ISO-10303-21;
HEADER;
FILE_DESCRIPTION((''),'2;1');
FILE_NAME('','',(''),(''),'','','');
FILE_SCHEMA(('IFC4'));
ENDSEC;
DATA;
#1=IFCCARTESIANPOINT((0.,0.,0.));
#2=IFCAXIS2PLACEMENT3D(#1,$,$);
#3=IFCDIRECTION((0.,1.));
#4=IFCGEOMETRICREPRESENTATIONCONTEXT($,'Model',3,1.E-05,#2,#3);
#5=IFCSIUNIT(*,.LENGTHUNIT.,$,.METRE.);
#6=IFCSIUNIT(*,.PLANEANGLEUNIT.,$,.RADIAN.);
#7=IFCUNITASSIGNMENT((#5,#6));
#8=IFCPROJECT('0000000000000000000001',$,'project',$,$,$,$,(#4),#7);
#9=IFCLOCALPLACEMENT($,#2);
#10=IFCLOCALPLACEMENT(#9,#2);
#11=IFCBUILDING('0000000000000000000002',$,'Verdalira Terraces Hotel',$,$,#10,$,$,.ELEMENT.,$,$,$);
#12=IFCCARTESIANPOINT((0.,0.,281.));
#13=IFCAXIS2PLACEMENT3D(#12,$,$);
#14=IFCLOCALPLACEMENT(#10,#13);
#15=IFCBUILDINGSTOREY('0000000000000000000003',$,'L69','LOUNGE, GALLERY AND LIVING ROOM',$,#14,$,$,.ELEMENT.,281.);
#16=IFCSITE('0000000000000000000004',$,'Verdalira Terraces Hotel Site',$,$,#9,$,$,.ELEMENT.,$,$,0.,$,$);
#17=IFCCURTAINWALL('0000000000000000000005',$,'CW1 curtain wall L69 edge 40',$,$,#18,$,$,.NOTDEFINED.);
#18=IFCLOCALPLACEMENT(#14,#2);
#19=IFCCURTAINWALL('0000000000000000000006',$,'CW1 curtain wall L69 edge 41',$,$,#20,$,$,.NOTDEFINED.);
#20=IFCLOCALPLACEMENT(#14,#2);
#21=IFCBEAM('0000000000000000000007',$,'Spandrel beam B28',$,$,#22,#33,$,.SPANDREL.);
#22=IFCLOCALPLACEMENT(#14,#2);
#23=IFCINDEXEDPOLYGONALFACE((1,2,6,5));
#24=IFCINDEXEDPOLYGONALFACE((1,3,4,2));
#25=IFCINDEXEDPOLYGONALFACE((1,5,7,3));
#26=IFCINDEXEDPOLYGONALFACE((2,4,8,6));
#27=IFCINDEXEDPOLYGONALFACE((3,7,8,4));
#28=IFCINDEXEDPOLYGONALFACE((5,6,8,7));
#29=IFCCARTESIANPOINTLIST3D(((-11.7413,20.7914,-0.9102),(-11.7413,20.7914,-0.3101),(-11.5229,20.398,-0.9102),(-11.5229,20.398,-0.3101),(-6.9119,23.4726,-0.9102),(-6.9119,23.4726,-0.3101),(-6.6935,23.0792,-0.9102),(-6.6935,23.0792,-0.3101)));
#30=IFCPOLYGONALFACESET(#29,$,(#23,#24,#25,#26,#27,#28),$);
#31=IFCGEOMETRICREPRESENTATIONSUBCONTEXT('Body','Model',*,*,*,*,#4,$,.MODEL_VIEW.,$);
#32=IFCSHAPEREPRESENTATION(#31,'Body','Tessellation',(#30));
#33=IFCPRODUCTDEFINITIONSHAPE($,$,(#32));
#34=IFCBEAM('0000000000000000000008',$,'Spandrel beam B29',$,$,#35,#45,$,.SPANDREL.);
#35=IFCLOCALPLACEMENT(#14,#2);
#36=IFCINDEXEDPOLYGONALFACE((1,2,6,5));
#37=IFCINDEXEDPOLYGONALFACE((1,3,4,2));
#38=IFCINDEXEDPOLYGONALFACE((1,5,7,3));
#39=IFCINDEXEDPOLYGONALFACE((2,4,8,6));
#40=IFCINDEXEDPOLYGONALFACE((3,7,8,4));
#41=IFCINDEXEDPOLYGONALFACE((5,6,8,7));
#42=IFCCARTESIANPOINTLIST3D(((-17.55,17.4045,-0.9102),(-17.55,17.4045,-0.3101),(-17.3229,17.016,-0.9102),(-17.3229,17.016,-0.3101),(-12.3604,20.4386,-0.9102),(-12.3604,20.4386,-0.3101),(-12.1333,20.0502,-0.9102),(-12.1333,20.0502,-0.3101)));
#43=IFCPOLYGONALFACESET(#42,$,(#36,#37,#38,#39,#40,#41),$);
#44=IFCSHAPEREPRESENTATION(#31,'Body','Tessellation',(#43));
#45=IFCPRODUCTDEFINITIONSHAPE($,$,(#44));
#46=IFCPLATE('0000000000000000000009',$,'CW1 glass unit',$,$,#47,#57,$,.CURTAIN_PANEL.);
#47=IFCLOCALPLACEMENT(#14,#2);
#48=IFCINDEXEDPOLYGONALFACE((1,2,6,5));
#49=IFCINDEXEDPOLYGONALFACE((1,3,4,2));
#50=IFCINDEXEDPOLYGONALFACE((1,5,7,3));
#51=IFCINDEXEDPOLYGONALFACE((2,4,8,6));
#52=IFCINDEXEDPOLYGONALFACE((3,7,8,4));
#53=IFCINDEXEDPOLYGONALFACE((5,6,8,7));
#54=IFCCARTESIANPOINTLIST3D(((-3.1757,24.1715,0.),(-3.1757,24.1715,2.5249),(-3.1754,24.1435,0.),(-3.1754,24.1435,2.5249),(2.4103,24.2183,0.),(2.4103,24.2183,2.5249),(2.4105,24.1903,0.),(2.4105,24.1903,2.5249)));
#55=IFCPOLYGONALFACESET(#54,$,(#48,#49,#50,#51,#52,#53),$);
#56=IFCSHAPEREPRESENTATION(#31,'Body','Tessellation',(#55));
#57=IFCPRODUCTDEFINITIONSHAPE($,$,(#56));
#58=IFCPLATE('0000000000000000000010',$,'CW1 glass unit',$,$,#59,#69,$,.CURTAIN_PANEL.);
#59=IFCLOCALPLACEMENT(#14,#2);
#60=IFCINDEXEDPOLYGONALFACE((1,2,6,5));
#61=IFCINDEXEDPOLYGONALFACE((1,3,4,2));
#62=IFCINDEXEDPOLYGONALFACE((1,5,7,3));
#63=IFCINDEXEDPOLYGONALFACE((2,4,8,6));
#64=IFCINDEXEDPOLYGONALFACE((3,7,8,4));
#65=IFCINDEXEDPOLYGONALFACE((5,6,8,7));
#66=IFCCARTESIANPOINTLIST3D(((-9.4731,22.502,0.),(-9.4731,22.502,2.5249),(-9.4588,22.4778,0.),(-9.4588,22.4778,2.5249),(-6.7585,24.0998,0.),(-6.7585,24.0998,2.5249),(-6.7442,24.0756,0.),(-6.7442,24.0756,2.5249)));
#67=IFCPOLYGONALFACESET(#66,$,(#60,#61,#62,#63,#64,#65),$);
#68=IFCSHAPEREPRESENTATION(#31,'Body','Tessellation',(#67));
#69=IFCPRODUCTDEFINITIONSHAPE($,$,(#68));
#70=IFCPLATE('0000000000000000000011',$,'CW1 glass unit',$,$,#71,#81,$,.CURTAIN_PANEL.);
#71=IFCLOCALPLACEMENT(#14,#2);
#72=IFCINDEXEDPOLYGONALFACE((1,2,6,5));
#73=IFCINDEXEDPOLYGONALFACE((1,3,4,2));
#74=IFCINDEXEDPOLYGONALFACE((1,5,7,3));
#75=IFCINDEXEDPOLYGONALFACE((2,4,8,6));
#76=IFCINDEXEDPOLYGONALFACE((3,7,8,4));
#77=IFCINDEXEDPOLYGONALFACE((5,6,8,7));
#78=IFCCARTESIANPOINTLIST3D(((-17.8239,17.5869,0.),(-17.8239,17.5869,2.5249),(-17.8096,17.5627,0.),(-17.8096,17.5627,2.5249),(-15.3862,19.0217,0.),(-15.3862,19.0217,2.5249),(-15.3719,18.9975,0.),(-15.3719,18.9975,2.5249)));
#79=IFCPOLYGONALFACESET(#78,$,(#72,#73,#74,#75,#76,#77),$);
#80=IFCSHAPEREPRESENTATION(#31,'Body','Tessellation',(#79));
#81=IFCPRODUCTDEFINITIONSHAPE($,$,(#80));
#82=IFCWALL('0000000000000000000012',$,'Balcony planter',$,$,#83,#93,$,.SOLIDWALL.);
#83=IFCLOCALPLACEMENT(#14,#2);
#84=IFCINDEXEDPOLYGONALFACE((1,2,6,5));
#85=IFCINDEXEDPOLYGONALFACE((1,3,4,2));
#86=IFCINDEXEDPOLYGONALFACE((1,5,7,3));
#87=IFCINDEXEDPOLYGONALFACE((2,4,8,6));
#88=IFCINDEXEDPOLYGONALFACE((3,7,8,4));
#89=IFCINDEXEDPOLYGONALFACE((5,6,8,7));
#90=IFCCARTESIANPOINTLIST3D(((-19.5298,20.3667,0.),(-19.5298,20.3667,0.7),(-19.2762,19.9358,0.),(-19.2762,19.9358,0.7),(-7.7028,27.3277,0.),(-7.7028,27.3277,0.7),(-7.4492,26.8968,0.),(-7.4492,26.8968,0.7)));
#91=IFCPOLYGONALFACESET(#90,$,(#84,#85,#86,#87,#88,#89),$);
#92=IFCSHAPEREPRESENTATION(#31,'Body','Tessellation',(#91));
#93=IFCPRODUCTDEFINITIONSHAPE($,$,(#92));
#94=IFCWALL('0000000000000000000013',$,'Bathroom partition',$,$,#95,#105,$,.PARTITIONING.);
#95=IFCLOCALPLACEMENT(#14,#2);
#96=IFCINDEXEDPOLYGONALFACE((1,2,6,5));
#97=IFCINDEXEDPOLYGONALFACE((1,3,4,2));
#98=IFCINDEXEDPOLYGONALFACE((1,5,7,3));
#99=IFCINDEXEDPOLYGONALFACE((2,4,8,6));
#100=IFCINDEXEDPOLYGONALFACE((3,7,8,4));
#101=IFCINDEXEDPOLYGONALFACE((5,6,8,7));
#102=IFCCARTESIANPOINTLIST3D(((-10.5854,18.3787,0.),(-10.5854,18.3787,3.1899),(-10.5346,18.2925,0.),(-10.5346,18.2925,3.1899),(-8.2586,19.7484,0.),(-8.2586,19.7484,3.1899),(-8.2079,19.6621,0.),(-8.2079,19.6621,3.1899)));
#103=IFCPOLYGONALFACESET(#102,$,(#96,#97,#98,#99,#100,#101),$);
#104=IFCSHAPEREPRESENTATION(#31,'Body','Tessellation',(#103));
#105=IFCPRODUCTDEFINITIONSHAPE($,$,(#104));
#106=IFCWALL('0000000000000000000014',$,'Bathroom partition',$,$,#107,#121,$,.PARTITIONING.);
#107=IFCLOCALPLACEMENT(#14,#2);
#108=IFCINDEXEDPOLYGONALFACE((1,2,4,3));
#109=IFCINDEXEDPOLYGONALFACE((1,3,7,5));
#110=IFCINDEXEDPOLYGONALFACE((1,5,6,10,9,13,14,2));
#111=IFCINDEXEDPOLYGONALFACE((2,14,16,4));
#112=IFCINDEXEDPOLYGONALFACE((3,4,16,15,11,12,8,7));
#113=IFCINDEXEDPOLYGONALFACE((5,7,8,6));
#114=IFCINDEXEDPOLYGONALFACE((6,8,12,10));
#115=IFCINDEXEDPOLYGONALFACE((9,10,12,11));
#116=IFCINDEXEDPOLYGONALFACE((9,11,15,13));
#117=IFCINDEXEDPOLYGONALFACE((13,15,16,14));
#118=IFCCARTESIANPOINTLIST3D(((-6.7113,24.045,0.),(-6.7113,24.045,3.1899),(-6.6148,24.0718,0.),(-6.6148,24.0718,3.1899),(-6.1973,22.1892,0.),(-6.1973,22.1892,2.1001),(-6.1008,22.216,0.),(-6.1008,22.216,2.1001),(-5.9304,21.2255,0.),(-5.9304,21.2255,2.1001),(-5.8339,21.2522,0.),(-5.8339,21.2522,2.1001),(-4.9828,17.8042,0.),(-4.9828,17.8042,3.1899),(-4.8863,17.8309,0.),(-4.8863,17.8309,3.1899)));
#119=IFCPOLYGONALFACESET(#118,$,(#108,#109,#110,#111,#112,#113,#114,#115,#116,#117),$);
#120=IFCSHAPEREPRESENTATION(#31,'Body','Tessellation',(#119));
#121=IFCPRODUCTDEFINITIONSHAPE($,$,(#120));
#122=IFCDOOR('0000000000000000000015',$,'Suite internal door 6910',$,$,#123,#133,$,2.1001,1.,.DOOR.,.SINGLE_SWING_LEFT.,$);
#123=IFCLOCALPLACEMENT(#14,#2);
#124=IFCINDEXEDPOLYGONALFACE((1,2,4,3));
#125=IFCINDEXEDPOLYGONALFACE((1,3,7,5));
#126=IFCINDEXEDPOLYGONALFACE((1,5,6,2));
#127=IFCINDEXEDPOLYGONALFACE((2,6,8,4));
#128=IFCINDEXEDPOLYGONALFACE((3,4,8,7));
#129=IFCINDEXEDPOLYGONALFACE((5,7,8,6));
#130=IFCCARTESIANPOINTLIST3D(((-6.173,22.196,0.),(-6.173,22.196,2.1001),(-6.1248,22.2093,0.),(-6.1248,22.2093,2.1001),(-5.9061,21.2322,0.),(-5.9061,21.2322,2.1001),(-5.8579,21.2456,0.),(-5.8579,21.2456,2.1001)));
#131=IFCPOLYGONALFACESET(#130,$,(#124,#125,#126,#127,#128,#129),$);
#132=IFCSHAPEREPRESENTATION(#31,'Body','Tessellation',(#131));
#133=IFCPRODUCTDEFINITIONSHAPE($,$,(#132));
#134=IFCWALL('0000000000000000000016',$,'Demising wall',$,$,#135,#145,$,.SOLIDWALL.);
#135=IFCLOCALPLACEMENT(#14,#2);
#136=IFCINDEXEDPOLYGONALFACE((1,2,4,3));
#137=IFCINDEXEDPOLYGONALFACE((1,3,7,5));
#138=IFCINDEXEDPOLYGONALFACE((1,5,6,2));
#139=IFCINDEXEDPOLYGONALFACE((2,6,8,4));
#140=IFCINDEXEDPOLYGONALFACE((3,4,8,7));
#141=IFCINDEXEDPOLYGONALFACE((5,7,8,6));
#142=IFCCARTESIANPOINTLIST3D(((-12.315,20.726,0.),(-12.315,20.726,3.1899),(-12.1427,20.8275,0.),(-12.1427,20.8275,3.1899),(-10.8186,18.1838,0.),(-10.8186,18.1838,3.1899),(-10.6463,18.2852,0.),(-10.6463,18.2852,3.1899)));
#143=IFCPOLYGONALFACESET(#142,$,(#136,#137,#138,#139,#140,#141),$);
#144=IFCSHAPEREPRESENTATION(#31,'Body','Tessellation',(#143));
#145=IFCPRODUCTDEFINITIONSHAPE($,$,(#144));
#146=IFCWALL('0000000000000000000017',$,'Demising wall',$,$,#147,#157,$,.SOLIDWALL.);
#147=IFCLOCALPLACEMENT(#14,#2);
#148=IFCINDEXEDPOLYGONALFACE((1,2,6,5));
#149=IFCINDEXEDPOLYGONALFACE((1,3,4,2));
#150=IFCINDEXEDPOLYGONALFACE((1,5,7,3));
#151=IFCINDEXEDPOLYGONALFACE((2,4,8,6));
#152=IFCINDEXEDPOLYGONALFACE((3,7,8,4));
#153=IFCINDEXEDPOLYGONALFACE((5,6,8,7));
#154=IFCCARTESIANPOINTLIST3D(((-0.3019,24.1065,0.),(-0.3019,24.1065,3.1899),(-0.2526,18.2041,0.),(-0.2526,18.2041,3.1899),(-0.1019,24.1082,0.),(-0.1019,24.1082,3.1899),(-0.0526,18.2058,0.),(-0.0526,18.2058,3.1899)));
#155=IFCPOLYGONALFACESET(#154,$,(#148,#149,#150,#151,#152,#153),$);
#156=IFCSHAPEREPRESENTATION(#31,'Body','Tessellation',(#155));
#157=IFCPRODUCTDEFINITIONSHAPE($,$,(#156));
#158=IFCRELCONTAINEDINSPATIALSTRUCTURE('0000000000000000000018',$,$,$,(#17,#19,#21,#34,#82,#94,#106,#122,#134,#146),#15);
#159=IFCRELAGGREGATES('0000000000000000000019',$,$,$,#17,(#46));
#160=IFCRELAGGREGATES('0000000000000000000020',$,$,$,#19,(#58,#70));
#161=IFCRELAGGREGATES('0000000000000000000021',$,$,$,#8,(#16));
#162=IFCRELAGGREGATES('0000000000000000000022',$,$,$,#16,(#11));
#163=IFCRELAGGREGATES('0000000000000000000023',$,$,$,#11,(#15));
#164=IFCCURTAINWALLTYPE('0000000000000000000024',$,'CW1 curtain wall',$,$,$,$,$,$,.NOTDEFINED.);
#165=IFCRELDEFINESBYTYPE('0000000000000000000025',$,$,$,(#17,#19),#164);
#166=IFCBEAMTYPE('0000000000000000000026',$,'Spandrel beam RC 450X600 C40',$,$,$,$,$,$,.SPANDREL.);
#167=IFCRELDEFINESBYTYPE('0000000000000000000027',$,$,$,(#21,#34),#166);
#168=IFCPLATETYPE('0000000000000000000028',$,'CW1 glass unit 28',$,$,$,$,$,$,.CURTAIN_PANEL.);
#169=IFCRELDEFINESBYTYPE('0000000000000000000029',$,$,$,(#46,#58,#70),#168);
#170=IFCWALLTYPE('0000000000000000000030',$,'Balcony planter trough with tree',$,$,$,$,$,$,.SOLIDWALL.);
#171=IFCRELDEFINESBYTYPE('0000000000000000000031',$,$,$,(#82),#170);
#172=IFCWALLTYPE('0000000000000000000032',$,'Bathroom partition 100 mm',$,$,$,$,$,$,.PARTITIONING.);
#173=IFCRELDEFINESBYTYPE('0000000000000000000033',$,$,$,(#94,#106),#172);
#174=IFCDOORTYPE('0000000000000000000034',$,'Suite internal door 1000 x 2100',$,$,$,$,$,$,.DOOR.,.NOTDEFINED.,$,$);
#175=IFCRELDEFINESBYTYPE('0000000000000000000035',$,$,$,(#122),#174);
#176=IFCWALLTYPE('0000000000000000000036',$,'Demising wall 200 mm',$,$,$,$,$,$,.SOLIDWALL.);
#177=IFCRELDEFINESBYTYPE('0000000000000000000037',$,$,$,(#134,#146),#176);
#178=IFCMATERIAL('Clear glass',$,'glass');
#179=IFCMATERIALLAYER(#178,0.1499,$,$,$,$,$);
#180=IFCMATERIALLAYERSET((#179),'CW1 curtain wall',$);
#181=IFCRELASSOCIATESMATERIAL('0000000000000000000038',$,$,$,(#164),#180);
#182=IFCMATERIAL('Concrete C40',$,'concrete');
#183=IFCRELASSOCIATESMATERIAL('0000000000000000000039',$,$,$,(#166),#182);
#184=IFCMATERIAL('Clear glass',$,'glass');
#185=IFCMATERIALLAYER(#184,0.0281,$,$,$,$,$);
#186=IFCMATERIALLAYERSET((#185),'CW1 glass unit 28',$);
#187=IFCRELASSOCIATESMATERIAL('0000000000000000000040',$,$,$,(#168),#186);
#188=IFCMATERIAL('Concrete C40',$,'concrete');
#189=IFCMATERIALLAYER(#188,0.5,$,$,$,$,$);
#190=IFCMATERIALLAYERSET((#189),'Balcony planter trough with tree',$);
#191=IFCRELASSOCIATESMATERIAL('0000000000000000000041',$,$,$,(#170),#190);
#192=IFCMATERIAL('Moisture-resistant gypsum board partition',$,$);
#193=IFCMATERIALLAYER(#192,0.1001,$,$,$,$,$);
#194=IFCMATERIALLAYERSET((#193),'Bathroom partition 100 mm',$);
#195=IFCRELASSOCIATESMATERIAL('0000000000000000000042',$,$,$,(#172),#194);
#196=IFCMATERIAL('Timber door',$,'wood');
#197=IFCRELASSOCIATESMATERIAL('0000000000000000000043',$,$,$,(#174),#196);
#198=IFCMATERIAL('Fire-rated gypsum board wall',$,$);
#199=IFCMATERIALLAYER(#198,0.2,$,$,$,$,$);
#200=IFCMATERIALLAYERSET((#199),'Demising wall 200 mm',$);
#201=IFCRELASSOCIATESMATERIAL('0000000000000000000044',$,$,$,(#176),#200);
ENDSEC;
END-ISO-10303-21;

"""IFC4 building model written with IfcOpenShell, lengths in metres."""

from ifc_helpers import new_model, si_unit, direction, frame, frame_2d, origin, origin_2d, place, context, subcontext, project, spatial, rectangle, extrude, material, layer, layer_set, material_profile, profile_set, type_object, element, fill, aggregate, save


model = new_model("IFC4")

# Units and contexts
model_context = context("Model", 3, precision=1e-05, world=origin(), true_north=direction((0.0, 1.0)))
body_context = subcontext(model_context, "Body", "Model", "MODEL_VIEW")
ifc_project = project(units=[si_unit("LENGTHUNIT", "METRE"), si_unit("PLANEANGLEUNIT", "RADIAN")], contexts=[model_context])

# Site, building, storey
site_placement = place(None, origin())
site = spatial("IfcSite", under=ifc_project, at=site_placement, Name="Verdalira Terraces Hotel Site", CompositionType="ELEMENT", RefElevation=0.0)
building_placement = place(site_placement, origin())
building = spatial("IfcBuilding", under=site, at=building_placement, Name="Verdalira Terraces Hotel", CompositionType="ELEMENT")
storey_placement = place(building_placement, frame((0.0, 0.0, 281.0)))
storey = spatial("IfcBuildingStorey", under=building, at=storey_placement, Name="L69", Description="LOUNGE, GALLERY AND LIVING ROOM", CompositionType="ELEMENT", Elevation=281.0)

# Curtain wall
ifc_material_1 = material(Name="Clear glass", Category="glass")
ifc_layer_1 = layer(ifc_material_1, 0.1499)
ifc_layer_set_1 = layer_set([ifc_layer_1], Name="CW1 curtain wall")
curtain_wall_type = type_object("IfcCurtainWallType", Name="CW1 curtain wall", PredefinedType="NOTDEFINED", material=ifc_layer_set_1)
curtain_wall_1_placement = place(storey_placement, origin())
curtain_wall_1 = element("IfcCurtainWall", 1, at=curtain_wall_1_placement, inside=storey, type_object=curtain_wall_type, Name="CW1 curtain wall L69 edge 40", PredefinedType="NOTDEFINED")

# Curtain wall
curtain_wall_2_placement = place(storey_placement, origin())
curtain_wall_2 = element("IfcCurtainWall", 2, at=curtain_wall_2_placement, inside=storey, type_object=curtain_wall_type, Name="CW1 curtain wall L69 edge 41", PredefinedType="NOTDEFINED")

# Beams
ifc_material_2 = material(Name="Concrete C40", Category="concrete")
ifc_material_profile_1 = material_profile(ifc_material_2, rectangle(XDim=0.45, YDim=0.6001, at=origin_2d()), Name="RC 450X600")
ifc_profile_set_1 = profile_set([ifc_material_profile_1], Name="Concrete C40")
beam_type_1 = type_object("IfcBeamType", Name="Spandrel beam RC 450X600 C40", PredefinedType="SPANDREL", material=ifc_profile_set_1)
beam_1_placement = place(storey_placement, frame((-6.8027, 23.2759, -0.6101), z_axis=(-0.874297, -0.485391, 0.0), x_axis=(0.485391, -0.874297, 0.0)))
element("IfcBeam", 3, at=beam_1_placement, inside=storey, type_object=beam_type_1, Name="Spandrel beam B28", PredefinedType="SPANDREL", context=body_context, shape_type="SweptSolid", body=[
    extrude(rectangle(XDim=0.45, YDim=0.6001, at=origin_2d()), origin(), (0.0, 0.0, 1.0), 5.5237),
])
beam_2_placement = place(storey_placement, frame((-12.2468, 20.2444, -0.6101), z_axis=(-0.863282, -0.504722, 0.0), x_axis=(0.504722, -0.863282, 0.0)))
element("IfcBeam", 4, at=beam_2_placement, inside=storey, type_object=beam_type_1, Name="Spandrel beam B29", PredefinedType="SPANDREL", context=body_context, shape_type="SweptSolid", body=[
    extrude(rectangle(XDim=0.45, YDim=0.6001, at=origin_2d()), origin(), (0.0, 0.0, 1.0), 6.0115),
])

# Plates
ifc_material_3 = material(Name="Clear glass", Category="glass")
ifc_layer_2 = layer(ifc_material_3, 0.0281)
ifc_layer_set_2 = layer_set([ifc_layer_2], Name="CW1 glass unit 28")
plate_type = type_object("IfcPlateType", Name="CW1 glass unit 28", PredefinedType="CURTAIN_PANEL", material=ifc_layer_set_2)
plate_1_placement = place(storey_placement, frame((-0.3826, 24.1809, 0.0), z_axis=(0.0, 0.0, 1.0), x_axis=(-0.999965, -0.008377, 0.0)))
plate_1 = element("IfcPlate", 5, at=plate_1_placement, type_object=plate_type, Name="CW1 glass unit", PredefinedType="CURTAIN_PANEL", context=body_context, shape_type="SweptSolid", body=[
    extrude(rectangle(XDim=5.5862, YDim=0.0281, at=origin_2d()), origin(), (0.0, 0.0, 1.0), 2.5249),
])
aggregate(curtain_wall_1, [plate_1])
plate_2_placement = place(storey_placement, frame((-8.1086, 23.2888, 0.0), z_axis=(0.0, 0.0, 1.0), x_axis=(-0.861806, -0.507238, 0.0)))
plate_2 = element("IfcPlate", 6, at=plate_2_placement, type_object=plate_type, Name="CW1 glass unit", PredefinedType="CURTAIN_PANEL", context=body_context, shape_type="SweptSolid", body=[
    extrude(rectangle(XDim=3.1499, YDim=0.0281, at=origin_2d()), origin(), (0.0, 0.0, 1.0), 2.5249),
])
plate_3_placement = place(storey_placement, frame((-16.5979, 18.2922, 0.0), z_axis=(0.0, 0.0, 1.0), x_axis=(-0.861806, -0.507238, 0.0)))
plate_3 = element("IfcPlate", 7, at=plate_3_placement, type_object=plate_type, Name="CW1 glass unit", PredefinedType="CURTAIN_PANEL", context=body_context, shape_type="SweptSolid", body=[
    extrude(rectangle(XDim=2.8286, YDim=0.0281, at=origin_2d()), origin(), (0.0, 0.0, 1.0), 2.5249),
])
aggregate(curtain_wall_2, [plate_2, plate_3])

# Walls
ifc_material_4 = material(Name="Concrete C40", Category="concrete")
ifc_layer_3 = layer(ifc_material_4, 0.5)
ifc_layer_set_3 = layer_set([ifc_layer_3], Name="Balcony planter trough with tree")
wall_type_1 = type_object("IfcWallType", Name="Balcony planter trough with tree", PredefinedType="SOLIDWALL", material=ifc_layer_set_3)
wall_1_placement = place(storey_placement, frame((-7.5759, 27.1123, 0.0), z_axis=(0.0, 0.0, 1.0), x_axis=(-0.861809, -0.507233, 0.0)))
element("IfcWall", 8, at=wall_1_placement, inside=storey, type_object=wall_type_1, Name="Balcony planter", PredefinedType="SOLIDWALL", context=body_context, shape_type="SweptSolid", body=[
    extrude(rectangle(XDim=13.7234, YDim=0.5, at=frame_2d((6.8618, 0.0))), origin(), (0.0, 0.0, 1.0), 0.7),
])
ifc_material_5 = material(Name="Moisture-resistant gypsum board partition")
ifc_layer_4 = layer(ifc_material_5, 0.1001)
ifc_layer_set_4 = layer_set([ifc_layer_4], Name="Bathroom partition 100 mm")
wall_type_2 = type_object("IfcWallType", Name="Bathroom partition 100 mm", PredefinedType="PARTITIONING", material=ifc_layer_set_4)
wall_2_placement = place(storey_placement, frame((-8.2332, 19.7053, 0.0), z_axis=(0.0, 0.0, 1.0), x_axis=(-0.861771, -0.507297, 0.0)))
element("IfcWall", 9, at=wall_2_placement, inside=storey, type_object=wall_type_2, Name="Bathroom partition", PredefinedType="PARTITIONING", context=body_context, shape_type="SweptSolid", body=[
    extrude(rectangle(XDim=2.7, YDim=0.1001, at=frame_2d((1.3501, 0.0))), origin(), (0.0, 0.0, 1.0), 3.1899),
])

# Wall, opening, door
wall_3_placement = place(storey_placement, frame((-4.9346, 17.8176, 0.0), z_axis=(0.0, 0.0, 1.0), x_axis=(-0.266915, 0.96372, 0.0)))
wall_3 = element("IfcWall", 10, at=wall_3_placement, inside=storey, type_object=wall_type_2, Name="Bathroom partition", PredefinedType="PARTITIONING", context=body_context, shape_type="SweptSolid", body=[
    extrude(rectangle(XDim=6.4758, YDim=0.1001, at=frame_2d((3.2378, 0.0))), origin(), (0.0, 0.0, 1.0), 3.1899),
])
opening_1_placement = place(wall_3_placement, frame((3.55, 0.0, 0.0)))
opening_1 = element("IfcOpeningElement", 11, at=opening_1_placement, cuts=wall_3, PredefinedType="OPENING", context=body_context, shape_type="SweptSolid", body=[
    extrude(rectangle(XDim=1.0, YDim=2.1001, at=frame_2d((0.5, 1.05))), frame((0.0, 0.0601, 0.0), z_axis=(0.0, -1.0, 0.0), x_axis=(1.0, 0.0, 0.0)), (0.0, 0.0, 1.0), 0.1201),
])
ifc_material_6 = material(Name="Timber door", Category="wood")
door_type_1 = type_object("IfcDoorType", Name="Suite internal door 1000 x 2100", OperationType="NOTDEFINED", PredefinedType="DOOR", material=ifc_material_6)
door_1_placement = place(opening_1_placement, origin())
door_1 = element("IfcDoor", 12, at=door_1_placement, inside=storey, type_object=door_type_1, Name="Suite internal door 6910", OperationType="SINGLE_SWING_LEFT", OverallHeight=2.1001, OverallWidth=1.0, PredefinedType="DOOR", context=body_context, shape_type="SweptSolid", body=[
    extrude(rectangle(XDim=1.0, YDim=2.1001, at=frame_2d((0.5, 1.05))), frame((0.0, 0.0249, 0.0), z_axis=(0.0, -1.0, 0.0), x_axis=(1.0, 0.0, 0.0)), (0.0, 0.0, 1.0), 0.05),
])
fill(opening_1, door_1)

# Walls
ifc_material_7 = material(Name="Fire-rated gypsum board wall")
ifc_layer_5 = layer(ifc_material_7, 0.2)
ifc_layer_set_5 = layer_set([ifc_layer_5], Name="Demising wall 200 mm")
wall_type_3 = type_object("IfcWallType", Name="Demising wall 200 mm", PredefinedType="SOLIDWALL", material=ifc_layer_set_5)
wall_4_placement = place(storey_placement, frame((-10.7324, 18.2344, 0.0), z_axis=(0.0, 0.0, 1.0), x_axis=(-0.507248, 0.8618, 0.0)))
element("IfcWall", 13, at=wall_4_placement, inside=storey, type_object=wall_type_3, Name="Demising wall", PredefinedType="SOLIDWALL", context=body_context, shape_type="SweptSolid", body=[
    extrude(rectangle(XDim=2.95, YDim=0.2, at=frame_2d((1.4751, 0.0))), origin(), (0.0, 0.0, 1.0), 3.1899),
])
wall_5_placement = place(storey_placement, frame((-0.1526, 18.2051, 0.0), z_axis=(0.0, 0.0, 1.0), x_axis=(-0.008355, 0.999965, 0.0)))
element("IfcWall", 14, at=wall_5_placement, inside=storey, type_object=wall_type_3, Name="Demising wall", PredefinedType="SOLIDWALL", context=body_context, shape_type="SweptSolid", body=[
    extrude(rectangle(XDim=5.9026, YDim=0.2, at=frame_2d((2.9512, 0.0))), origin(), (0.0, 0.0, 1.0), 3.1899),
])

save(model, "model.ifc")
